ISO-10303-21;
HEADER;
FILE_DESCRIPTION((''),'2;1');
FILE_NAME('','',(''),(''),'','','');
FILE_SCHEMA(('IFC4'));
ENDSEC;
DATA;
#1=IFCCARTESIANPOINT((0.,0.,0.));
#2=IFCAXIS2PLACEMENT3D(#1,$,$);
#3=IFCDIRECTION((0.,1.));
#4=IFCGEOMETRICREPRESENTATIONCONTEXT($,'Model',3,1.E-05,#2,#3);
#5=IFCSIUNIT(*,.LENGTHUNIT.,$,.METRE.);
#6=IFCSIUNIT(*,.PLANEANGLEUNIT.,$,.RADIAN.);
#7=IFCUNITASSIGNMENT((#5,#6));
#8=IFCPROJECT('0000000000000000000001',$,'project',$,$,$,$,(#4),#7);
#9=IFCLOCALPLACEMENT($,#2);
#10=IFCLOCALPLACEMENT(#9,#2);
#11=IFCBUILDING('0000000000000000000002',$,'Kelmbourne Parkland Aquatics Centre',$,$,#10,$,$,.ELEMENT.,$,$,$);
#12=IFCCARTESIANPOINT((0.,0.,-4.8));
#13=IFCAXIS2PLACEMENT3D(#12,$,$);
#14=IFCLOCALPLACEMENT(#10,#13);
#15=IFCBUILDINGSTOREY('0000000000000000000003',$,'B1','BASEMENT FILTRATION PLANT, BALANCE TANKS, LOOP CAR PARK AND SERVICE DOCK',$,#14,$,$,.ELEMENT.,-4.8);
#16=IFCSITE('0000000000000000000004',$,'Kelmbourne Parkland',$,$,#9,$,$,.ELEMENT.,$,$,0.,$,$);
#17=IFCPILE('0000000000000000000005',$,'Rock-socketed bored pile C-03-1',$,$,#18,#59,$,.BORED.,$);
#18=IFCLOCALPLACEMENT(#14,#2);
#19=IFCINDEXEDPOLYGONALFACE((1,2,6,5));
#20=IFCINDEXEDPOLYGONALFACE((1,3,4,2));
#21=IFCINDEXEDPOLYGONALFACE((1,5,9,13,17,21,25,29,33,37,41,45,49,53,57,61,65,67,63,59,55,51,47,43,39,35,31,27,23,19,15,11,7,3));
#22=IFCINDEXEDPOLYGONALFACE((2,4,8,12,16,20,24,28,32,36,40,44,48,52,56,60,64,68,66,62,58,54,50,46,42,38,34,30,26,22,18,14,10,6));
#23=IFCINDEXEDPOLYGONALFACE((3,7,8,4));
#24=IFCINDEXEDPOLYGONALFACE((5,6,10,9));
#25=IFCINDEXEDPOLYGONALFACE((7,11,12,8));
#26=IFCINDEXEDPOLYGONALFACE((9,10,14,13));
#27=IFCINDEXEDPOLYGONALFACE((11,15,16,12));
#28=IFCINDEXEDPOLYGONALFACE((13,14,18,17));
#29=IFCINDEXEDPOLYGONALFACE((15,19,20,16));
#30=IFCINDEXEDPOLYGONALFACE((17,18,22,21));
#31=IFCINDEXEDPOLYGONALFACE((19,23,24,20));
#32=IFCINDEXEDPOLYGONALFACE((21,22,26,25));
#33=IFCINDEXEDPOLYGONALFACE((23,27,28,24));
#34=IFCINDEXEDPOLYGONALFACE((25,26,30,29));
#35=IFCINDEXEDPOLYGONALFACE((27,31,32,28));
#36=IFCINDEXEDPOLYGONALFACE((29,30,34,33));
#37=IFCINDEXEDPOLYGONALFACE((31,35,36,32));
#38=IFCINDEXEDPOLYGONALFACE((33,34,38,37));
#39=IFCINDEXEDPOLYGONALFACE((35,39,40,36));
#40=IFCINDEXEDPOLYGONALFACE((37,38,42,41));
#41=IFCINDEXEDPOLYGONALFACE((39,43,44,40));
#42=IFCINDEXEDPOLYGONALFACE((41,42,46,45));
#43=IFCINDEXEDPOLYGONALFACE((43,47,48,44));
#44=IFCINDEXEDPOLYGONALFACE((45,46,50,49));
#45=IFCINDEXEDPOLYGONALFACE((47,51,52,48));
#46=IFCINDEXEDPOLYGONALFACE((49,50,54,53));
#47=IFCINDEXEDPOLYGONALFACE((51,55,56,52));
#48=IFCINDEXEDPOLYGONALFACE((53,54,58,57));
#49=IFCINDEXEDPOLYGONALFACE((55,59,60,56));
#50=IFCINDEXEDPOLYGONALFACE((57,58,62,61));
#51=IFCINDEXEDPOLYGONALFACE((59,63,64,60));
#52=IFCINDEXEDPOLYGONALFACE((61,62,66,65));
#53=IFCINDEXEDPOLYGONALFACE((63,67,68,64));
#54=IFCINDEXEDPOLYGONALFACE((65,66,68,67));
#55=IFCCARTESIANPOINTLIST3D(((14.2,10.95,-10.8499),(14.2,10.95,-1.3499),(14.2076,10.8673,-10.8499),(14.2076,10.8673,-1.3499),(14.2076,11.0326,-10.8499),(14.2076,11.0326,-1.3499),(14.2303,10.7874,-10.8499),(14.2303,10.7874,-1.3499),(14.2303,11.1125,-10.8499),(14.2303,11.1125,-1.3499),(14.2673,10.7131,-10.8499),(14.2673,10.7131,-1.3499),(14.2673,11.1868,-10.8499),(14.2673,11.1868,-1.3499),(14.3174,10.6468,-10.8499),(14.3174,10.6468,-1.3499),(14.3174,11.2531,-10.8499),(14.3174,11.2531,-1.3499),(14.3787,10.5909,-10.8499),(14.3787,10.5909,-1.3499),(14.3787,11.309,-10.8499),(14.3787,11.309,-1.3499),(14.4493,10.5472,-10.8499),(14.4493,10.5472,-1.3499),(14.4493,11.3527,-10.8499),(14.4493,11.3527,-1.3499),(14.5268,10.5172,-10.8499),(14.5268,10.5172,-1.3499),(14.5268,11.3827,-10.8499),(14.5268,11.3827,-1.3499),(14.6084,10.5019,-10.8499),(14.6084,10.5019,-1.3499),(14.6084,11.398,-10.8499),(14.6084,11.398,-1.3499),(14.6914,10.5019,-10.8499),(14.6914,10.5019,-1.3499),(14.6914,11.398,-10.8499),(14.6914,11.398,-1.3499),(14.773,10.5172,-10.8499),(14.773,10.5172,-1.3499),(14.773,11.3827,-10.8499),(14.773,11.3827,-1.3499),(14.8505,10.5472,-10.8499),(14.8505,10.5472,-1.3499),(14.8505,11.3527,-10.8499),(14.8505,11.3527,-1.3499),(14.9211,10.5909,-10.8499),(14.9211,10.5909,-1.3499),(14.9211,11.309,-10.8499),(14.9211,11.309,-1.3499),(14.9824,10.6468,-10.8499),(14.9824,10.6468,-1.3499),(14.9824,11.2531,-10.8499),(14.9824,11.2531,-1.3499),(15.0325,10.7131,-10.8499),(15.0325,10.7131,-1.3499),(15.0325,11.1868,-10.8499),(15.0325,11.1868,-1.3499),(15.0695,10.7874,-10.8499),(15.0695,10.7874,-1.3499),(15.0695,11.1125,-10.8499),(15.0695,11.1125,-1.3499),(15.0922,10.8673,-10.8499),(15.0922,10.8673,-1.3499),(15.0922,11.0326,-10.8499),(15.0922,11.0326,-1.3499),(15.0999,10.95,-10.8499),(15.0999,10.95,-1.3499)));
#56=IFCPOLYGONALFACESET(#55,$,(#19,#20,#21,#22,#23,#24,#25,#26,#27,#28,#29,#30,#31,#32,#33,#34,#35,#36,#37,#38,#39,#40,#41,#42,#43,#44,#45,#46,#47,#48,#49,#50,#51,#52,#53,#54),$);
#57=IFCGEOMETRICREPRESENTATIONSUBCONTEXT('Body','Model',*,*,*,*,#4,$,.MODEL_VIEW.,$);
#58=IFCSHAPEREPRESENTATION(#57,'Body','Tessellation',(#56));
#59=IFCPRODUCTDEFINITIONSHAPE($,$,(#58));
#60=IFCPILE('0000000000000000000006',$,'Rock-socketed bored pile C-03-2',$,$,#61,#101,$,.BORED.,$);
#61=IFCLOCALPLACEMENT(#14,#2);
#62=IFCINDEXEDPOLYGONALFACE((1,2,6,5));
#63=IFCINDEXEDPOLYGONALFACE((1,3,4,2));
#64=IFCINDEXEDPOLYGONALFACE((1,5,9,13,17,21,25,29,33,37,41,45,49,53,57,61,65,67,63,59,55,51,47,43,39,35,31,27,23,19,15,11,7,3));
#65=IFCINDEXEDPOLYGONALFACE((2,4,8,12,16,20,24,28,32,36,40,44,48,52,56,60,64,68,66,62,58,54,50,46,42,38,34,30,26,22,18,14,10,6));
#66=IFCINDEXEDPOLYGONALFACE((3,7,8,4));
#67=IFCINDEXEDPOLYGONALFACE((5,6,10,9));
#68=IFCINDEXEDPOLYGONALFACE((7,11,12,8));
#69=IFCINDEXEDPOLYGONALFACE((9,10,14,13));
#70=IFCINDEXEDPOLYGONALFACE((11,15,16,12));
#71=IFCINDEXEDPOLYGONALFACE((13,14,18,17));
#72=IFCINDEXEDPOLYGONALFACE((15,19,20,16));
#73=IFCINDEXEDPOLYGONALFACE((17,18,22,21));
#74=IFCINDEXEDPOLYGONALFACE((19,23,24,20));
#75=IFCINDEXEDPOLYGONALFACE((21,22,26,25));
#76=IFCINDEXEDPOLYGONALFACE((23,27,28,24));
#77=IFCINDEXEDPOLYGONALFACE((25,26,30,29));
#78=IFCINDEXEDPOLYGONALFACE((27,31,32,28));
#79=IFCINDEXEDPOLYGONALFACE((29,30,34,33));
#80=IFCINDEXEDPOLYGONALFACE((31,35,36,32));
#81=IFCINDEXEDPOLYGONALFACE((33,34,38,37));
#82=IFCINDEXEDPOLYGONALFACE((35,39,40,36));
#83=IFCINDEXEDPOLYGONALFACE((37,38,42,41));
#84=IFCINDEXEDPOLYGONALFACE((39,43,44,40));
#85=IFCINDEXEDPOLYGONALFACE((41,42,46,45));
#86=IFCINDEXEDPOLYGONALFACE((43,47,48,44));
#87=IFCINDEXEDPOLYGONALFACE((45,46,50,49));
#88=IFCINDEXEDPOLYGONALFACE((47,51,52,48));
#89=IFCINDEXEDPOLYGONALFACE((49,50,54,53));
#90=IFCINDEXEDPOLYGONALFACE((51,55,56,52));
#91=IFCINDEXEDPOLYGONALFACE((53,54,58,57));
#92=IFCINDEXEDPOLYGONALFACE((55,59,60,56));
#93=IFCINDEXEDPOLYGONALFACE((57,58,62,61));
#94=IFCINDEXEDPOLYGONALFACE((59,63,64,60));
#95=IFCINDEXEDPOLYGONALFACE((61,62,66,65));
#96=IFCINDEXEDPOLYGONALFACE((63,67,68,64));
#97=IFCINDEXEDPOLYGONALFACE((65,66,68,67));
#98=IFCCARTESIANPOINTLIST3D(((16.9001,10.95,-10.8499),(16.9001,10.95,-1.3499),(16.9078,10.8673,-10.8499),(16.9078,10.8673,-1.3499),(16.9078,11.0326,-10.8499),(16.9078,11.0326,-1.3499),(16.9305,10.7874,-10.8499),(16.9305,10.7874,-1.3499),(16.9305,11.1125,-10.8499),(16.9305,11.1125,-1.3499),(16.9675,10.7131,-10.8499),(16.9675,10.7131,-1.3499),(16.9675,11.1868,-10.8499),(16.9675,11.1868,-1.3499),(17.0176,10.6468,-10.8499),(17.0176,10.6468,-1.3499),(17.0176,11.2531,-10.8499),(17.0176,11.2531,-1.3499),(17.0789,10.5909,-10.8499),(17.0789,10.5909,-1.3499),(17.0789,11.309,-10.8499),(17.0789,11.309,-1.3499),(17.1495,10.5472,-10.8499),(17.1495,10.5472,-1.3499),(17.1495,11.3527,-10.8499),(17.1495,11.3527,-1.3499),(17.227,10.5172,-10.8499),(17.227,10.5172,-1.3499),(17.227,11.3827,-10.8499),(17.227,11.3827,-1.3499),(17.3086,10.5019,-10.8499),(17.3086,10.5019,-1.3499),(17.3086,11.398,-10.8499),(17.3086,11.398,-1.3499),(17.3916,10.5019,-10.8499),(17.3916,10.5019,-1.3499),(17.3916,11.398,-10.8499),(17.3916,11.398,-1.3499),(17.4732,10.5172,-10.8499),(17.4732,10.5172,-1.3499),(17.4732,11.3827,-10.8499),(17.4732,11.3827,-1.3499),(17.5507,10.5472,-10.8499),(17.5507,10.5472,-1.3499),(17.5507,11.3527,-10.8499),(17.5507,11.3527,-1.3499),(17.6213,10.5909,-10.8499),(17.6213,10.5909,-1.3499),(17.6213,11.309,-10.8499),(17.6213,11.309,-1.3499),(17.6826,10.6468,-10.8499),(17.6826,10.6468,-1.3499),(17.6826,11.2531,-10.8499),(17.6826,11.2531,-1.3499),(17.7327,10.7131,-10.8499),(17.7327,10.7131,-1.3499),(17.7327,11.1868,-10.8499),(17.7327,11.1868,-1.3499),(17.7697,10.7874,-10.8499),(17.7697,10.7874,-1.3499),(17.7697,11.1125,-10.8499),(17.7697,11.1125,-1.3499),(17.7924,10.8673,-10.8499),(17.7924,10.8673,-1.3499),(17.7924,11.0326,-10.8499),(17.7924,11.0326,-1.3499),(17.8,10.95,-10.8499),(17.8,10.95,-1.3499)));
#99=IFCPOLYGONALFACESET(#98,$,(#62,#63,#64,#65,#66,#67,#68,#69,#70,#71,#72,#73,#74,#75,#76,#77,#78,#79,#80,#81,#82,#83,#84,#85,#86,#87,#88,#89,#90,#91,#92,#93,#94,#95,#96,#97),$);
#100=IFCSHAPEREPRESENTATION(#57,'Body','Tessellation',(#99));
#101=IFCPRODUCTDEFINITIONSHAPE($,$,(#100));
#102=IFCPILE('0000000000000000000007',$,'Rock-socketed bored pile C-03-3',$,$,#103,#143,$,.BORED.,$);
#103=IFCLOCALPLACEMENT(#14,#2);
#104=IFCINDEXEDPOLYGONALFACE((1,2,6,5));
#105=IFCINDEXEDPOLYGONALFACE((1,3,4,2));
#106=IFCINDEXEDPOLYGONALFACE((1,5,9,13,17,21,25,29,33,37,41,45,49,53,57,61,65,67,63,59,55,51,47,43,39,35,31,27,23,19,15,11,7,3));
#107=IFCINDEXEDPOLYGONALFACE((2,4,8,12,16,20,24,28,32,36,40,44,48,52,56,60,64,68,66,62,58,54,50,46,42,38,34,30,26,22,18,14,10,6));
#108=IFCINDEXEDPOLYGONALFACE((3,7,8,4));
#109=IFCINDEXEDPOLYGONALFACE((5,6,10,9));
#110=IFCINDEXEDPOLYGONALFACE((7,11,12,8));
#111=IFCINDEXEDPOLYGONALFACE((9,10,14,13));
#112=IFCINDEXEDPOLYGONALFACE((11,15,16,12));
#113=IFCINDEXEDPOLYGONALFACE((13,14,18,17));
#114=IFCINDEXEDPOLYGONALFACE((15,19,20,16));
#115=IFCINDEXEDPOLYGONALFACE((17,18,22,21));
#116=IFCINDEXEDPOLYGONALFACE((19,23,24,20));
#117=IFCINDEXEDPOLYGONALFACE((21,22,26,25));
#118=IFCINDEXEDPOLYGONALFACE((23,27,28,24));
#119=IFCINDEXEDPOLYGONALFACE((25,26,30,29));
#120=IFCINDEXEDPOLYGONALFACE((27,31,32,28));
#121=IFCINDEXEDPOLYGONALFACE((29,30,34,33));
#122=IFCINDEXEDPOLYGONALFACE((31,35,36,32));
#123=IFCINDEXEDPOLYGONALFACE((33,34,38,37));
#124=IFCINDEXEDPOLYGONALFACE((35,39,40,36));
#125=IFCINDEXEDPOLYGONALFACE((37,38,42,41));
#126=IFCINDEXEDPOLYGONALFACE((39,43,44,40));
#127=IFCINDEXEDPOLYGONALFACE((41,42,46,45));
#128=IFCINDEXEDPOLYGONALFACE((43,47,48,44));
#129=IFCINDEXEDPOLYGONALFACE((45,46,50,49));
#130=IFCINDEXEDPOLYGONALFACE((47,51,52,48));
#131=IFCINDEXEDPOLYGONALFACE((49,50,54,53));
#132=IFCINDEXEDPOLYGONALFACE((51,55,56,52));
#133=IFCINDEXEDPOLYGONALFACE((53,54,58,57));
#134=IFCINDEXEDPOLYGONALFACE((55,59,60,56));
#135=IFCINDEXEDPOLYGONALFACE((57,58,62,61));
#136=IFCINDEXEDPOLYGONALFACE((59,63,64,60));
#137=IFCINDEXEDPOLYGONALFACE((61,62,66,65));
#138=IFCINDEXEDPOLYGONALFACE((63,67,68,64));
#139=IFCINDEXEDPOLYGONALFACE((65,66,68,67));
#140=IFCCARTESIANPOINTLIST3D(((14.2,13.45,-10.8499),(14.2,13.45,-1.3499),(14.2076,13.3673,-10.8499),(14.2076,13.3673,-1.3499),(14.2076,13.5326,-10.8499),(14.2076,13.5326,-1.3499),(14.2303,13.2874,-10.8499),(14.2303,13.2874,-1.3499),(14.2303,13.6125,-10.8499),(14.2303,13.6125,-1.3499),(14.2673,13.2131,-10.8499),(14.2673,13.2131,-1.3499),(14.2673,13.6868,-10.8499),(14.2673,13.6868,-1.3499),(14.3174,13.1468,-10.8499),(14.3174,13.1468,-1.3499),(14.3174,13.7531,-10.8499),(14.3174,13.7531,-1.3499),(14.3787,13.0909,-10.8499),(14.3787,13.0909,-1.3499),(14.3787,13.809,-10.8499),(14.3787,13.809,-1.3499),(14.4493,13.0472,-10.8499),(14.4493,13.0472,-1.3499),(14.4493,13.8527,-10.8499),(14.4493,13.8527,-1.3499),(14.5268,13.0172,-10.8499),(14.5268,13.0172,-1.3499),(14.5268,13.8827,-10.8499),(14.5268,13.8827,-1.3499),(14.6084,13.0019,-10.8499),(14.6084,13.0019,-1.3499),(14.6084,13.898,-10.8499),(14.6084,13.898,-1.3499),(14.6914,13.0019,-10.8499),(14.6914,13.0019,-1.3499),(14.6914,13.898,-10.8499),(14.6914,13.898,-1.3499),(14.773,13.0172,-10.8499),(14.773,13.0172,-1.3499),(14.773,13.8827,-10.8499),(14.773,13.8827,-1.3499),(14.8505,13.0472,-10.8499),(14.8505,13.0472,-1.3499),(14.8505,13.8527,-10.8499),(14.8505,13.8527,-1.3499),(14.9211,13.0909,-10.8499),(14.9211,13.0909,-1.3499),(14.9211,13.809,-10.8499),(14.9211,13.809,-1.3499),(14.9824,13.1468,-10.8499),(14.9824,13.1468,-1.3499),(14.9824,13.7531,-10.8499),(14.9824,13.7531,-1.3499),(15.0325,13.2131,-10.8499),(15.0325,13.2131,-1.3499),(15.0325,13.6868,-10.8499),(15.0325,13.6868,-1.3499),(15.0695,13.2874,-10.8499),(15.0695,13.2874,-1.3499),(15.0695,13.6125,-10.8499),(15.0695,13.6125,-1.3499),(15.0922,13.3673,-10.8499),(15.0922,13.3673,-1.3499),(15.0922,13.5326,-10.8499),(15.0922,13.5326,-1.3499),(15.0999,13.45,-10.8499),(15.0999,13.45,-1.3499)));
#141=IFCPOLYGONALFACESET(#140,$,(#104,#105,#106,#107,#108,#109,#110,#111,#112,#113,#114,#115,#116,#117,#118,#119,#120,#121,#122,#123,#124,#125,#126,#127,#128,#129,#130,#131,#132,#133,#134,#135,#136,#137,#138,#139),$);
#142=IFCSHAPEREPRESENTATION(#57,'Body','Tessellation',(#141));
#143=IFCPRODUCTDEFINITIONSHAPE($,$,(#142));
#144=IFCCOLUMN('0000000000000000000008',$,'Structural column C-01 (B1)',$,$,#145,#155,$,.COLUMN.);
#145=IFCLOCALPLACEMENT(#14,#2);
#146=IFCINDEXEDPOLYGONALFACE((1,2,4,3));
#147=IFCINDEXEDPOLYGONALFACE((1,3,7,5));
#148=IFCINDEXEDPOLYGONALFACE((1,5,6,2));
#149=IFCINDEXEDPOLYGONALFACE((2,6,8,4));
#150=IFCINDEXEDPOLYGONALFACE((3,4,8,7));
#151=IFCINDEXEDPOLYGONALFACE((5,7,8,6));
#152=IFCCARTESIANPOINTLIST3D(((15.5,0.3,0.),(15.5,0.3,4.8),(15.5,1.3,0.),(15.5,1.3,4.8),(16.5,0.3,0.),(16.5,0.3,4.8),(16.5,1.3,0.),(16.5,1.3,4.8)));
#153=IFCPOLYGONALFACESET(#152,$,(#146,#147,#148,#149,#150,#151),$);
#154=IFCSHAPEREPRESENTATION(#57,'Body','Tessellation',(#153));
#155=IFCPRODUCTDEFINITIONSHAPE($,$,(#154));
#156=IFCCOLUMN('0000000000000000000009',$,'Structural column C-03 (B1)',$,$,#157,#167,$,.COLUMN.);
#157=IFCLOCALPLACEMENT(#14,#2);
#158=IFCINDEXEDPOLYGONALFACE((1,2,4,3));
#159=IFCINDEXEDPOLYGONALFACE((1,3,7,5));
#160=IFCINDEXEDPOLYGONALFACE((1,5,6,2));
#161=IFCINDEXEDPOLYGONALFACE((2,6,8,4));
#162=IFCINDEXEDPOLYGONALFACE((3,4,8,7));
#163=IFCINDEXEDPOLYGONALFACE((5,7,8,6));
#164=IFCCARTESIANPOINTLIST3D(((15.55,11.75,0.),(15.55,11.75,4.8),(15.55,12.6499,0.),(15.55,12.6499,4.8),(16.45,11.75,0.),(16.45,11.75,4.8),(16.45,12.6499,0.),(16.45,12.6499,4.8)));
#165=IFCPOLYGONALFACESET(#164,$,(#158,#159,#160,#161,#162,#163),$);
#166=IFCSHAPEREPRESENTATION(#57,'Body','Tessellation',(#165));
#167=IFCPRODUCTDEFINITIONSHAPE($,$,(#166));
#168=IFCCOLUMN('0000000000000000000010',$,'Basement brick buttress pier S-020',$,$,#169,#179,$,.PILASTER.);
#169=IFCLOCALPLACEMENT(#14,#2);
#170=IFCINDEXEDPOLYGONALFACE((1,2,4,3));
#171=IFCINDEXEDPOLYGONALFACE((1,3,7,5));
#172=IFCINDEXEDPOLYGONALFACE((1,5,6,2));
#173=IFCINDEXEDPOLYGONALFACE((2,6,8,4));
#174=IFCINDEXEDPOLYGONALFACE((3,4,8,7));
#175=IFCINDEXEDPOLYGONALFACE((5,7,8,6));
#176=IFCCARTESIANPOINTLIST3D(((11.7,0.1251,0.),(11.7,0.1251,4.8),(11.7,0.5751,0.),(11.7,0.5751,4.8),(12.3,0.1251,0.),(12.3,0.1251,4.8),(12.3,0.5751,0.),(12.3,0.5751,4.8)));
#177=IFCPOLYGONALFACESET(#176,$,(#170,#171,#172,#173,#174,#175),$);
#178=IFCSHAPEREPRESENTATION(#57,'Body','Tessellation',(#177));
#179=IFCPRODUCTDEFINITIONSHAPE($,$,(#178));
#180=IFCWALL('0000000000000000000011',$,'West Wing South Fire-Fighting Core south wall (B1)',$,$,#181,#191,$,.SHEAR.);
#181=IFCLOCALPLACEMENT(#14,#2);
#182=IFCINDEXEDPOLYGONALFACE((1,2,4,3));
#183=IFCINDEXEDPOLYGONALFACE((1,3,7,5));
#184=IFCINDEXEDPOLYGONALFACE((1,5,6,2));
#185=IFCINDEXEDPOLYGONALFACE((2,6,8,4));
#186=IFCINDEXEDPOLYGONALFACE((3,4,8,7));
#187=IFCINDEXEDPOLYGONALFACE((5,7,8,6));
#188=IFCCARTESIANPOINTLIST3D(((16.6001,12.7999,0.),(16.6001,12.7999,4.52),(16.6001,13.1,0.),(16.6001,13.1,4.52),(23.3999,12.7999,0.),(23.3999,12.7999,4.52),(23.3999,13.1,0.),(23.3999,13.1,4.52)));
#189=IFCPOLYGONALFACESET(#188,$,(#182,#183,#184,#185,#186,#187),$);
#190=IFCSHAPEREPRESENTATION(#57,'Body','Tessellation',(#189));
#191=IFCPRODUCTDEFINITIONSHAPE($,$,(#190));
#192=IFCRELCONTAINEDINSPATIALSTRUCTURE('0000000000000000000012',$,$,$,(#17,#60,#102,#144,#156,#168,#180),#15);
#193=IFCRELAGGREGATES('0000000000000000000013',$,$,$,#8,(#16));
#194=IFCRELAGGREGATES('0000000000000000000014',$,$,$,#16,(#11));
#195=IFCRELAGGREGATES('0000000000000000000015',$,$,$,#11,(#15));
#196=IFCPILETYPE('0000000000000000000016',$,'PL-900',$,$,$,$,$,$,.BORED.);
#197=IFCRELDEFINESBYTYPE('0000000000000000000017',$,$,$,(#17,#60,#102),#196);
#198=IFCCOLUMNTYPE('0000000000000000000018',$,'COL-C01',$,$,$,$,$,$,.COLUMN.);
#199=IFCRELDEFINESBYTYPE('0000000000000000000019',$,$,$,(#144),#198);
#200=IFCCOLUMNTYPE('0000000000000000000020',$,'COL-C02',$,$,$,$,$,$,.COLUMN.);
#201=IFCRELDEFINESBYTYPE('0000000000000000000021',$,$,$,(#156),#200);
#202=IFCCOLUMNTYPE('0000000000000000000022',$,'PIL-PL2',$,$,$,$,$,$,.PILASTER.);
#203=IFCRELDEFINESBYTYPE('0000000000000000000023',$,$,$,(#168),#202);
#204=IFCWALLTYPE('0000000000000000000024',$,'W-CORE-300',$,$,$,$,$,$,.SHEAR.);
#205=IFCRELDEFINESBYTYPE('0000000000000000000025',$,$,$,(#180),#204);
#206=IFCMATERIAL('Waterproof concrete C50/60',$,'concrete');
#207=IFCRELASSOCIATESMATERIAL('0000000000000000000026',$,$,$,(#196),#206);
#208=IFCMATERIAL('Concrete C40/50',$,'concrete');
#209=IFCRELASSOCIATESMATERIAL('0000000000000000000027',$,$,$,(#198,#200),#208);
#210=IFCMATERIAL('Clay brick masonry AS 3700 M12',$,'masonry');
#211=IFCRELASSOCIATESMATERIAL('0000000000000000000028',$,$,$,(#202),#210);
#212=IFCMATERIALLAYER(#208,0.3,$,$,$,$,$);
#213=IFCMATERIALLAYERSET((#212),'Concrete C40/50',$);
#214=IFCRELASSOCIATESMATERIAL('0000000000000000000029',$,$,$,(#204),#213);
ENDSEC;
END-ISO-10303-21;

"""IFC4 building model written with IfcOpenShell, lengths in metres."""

from ifc_helpers import new_model, si_unit, direction, frame, frame_2d, origin, origin_2d, place, context, subcontext, project, spatial, rectangle, circle, extrude, material, layer, layer_set, material_profile, profile_set, type_object, element, save


model = new_model("IFC4")

# Units and contexts
model_context = context("Model", 3, precision=1e-05, world=origin(), true_north=direction((0.0, 1.0)))
body_context = subcontext(model_context, "Body", "Model", "MODEL_VIEW")
ifc_project = project(units=[si_unit("LENGTHUNIT", "METRE"), si_unit("PLANEANGLEUNIT", "RADIAN")], contexts=[model_context])

# Site, building, storey
site_placement = place(None, origin())
site = spatial("IfcSite", under=ifc_project, at=site_placement, Name="Kelmbourne Parkland", CompositionType="ELEMENT", RefElevation=0.0)
building_placement = place(site_placement, origin())
building = spatial("IfcBuilding", under=site, at=building_placement, Name="Kelmbourne Parkland Aquatics Centre", CompositionType="ELEMENT")
storey_placement = place(building_placement, frame((0.0, 0.0, -4.8)))
storey = spatial("IfcBuildingStorey", under=building, at=storey_placement, Name="B1", Description="BASEMENT FILTRATION PLANT, BALANCE TANKS, LOOP CAR PARK AND SERVICE DOCK", CompositionType="ELEMENT", Elevation=-4.8)

# Shared definitions
ifc_material_1 = material(Name="Waterproof concrete C50/60", Category="concrete")

# Piles
ifc_material_profile_1 = material_profile(ifc_material_1, circle(Radius=0.45, at=origin_2d()), Name="PILE D900")
ifc_profile_set_1 = profile_set([ifc_material_profile_1], Name="Waterproof concrete C50/60")
pile_type_1 = type_object("IfcPileType", Name="PL-900", PredefinedType="BORED", material=ifc_profile_set_1)
for number, where, z_axis, x_axis, name in (
    (1, (14.6499, 10.95, -1.3499), (0.0, 0.0, -1.0), (1.0, 0.0, 0.0), "Rock-socketed bored pile C-03-1"),
    (2, (17.3501, 10.95, -1.3499), (0.0, 0.0, -1.0), (1.0, 0.0, 0.0), "Rock-socketed bored pile C-03-2"),
    (3, (14.6499, 13.45, -1.3499), (0.0, 0.0, -1.0), (1.0, 0.0, 0.0), "Rock-socketed bored pile C-03-3"),
):
    element("IfcPile", number, at=place(storey_placement, frame(where, z_axis=z_axis, x_axis=x_axis)), inside=storey, type_object=pile_type_1, Name=name, PredefinedType="BORED", context=body_context, shape_type="SweptSolid", body=[
        extrude(circle(Radius=0.45, at=origin_2d()), origin(), (0.0, 0.0, 1.0), 9.5),
    ])

# Columns
ifc_material_2 = material(Name="Concrete C40/50", Category="concrete")
ifc_material_profile_2 = material_profile(ifc_material_2, rectangle(XDim=1.0, YDim=1.0, at=origin_2d()), Name="RC 1000x1000")
ifc_profile_set_2 = profile_set([ifc_material_profile_2], Name="Concrete C40/50")
column_type_1 = type_object("IfcColumnType", Name="COL-C01", PredefinedType="COLUMN", material=ifc_profile_set_2)
column_1_placement = place(storey_placement, frame((16.0, 0.8, 0.0), z_axis=(0.0, 0.0, 1.0), x_axis=(1.0, 0.0, 0.0)))
element("IfcColumn", 4, at=column_1_placement, inside=storey, type_object=column_type_1, Name="Structural column C-01 (B1)", PredefinedType="COLUMN", context=body_context, shape_type="SweptSolid", body=[
    extrude(rectangle(XDim=1.0, YDim=1.0, at=origin_2d()), origin(), (0.0, 0.0, 1.0), 4.8),
])
ifc_material_profile_3 = material_profile(ifc_material_2, rectangle(XDim=0.8999, YDim=0.8999, at=origin_2d()), Name="RC 900x900")
ifc_profile_set_3 = profile_set([ifc_material_profile_3], Name="Concrete C40/50")
column_type_2 = type_object("IfcColumnType", Name="COL-C02", PredefinedType="COLUMN", material=ifc_profile_set_3)
column_2_placement = place(storey_placement, frame((16.0, 12.2, 0.0), z_axis=(0.0, 0.0, 1.0), x_axis=(1.0, 0.0, 0.0)))
element("IfcColumn", 5, at=column_2_placement, inside=storey, type_object=column_type_2, Name="Structural column C-03 (B1)", PredefinedType="COLUMN", context=body_context, shape_type="SweptSolid", body=[
    extrude(rectangle(XDim=0.8999, YDim=0.8999, at=origin_2d()), origin(), (0.0, 0.0, 1.0), 4.8),
])
ifc_material_3 = material(Name="Clay brick masonry AS 3700 M12", Category="masonry")
ifc_material_profile_4 = material_profile(ifc_material_3, rectangle(XDim=0.45, YDim=0.6001, at=origin_2d()), Name="PIL 450x600")
ifc_profile_set_4 = profile_set([ifc_material_profile_4], Name="Clay brick masonry AS 3700 M12")
column_type_3 = type_object("IfcColumnType", Name="PIL-PL2", PredefinedType="PILASTER", material=ifc_profile_set_4)
column_3_placement = place(storey_placement, frame((12.0, 0.3501, 0.0), z_axis=(0.0, 0.0, 1.0), x_axis=(0.0, 1.0, 0.0)))
element("IfcColumn", 6, at=column_3_placement, inside=storey, type_object=column_type_3, Name="Basement brick buttress pier S-020", PredefinedType="PILASTER", context=body_context, shape_type="SweptSolid", body=[
    extrude(rectangle(XDim=0.45, YDim=0.6001, at=origin_2d()), origin(), (0.0, 0.0, 1.0), 4.8),
])

# Wall
ifc_layer_1 = layer(ifc_material_2, 0.3)
ifc_layer_set_1 = layer_set([ifc_layer_1], Name="Concrete C40/50")
wall_type_1 = type_object("IfcWallType", Name="W-CORE-300", PredefinedType="SHEAR", material=ifc_layer_set_1)
wall_1_placement = place(storey_placement, frame((16.6001, 12.95, 0.0), z_axis=(0.0, 0.0, 1.0), x_axis=(1.0, 0.0, 0.0)))
element("IfcWall", 7, at=wall_1_placement, inside=storey, type_object=wall_type_1, Name="West Wing South Fire-Fighting Core south wall (B1)", PredefinedType="SHEAR", context=body_context, shape_type="SweptSolid", body=[
    extrude(rectangle(XDim=6.7998, YDim=0.3, at=frame_2d((3.3999, 0.0))), origin(), (0.0, 0.0, 1.0), 4.52),
])

save(model, "model.ifc")
